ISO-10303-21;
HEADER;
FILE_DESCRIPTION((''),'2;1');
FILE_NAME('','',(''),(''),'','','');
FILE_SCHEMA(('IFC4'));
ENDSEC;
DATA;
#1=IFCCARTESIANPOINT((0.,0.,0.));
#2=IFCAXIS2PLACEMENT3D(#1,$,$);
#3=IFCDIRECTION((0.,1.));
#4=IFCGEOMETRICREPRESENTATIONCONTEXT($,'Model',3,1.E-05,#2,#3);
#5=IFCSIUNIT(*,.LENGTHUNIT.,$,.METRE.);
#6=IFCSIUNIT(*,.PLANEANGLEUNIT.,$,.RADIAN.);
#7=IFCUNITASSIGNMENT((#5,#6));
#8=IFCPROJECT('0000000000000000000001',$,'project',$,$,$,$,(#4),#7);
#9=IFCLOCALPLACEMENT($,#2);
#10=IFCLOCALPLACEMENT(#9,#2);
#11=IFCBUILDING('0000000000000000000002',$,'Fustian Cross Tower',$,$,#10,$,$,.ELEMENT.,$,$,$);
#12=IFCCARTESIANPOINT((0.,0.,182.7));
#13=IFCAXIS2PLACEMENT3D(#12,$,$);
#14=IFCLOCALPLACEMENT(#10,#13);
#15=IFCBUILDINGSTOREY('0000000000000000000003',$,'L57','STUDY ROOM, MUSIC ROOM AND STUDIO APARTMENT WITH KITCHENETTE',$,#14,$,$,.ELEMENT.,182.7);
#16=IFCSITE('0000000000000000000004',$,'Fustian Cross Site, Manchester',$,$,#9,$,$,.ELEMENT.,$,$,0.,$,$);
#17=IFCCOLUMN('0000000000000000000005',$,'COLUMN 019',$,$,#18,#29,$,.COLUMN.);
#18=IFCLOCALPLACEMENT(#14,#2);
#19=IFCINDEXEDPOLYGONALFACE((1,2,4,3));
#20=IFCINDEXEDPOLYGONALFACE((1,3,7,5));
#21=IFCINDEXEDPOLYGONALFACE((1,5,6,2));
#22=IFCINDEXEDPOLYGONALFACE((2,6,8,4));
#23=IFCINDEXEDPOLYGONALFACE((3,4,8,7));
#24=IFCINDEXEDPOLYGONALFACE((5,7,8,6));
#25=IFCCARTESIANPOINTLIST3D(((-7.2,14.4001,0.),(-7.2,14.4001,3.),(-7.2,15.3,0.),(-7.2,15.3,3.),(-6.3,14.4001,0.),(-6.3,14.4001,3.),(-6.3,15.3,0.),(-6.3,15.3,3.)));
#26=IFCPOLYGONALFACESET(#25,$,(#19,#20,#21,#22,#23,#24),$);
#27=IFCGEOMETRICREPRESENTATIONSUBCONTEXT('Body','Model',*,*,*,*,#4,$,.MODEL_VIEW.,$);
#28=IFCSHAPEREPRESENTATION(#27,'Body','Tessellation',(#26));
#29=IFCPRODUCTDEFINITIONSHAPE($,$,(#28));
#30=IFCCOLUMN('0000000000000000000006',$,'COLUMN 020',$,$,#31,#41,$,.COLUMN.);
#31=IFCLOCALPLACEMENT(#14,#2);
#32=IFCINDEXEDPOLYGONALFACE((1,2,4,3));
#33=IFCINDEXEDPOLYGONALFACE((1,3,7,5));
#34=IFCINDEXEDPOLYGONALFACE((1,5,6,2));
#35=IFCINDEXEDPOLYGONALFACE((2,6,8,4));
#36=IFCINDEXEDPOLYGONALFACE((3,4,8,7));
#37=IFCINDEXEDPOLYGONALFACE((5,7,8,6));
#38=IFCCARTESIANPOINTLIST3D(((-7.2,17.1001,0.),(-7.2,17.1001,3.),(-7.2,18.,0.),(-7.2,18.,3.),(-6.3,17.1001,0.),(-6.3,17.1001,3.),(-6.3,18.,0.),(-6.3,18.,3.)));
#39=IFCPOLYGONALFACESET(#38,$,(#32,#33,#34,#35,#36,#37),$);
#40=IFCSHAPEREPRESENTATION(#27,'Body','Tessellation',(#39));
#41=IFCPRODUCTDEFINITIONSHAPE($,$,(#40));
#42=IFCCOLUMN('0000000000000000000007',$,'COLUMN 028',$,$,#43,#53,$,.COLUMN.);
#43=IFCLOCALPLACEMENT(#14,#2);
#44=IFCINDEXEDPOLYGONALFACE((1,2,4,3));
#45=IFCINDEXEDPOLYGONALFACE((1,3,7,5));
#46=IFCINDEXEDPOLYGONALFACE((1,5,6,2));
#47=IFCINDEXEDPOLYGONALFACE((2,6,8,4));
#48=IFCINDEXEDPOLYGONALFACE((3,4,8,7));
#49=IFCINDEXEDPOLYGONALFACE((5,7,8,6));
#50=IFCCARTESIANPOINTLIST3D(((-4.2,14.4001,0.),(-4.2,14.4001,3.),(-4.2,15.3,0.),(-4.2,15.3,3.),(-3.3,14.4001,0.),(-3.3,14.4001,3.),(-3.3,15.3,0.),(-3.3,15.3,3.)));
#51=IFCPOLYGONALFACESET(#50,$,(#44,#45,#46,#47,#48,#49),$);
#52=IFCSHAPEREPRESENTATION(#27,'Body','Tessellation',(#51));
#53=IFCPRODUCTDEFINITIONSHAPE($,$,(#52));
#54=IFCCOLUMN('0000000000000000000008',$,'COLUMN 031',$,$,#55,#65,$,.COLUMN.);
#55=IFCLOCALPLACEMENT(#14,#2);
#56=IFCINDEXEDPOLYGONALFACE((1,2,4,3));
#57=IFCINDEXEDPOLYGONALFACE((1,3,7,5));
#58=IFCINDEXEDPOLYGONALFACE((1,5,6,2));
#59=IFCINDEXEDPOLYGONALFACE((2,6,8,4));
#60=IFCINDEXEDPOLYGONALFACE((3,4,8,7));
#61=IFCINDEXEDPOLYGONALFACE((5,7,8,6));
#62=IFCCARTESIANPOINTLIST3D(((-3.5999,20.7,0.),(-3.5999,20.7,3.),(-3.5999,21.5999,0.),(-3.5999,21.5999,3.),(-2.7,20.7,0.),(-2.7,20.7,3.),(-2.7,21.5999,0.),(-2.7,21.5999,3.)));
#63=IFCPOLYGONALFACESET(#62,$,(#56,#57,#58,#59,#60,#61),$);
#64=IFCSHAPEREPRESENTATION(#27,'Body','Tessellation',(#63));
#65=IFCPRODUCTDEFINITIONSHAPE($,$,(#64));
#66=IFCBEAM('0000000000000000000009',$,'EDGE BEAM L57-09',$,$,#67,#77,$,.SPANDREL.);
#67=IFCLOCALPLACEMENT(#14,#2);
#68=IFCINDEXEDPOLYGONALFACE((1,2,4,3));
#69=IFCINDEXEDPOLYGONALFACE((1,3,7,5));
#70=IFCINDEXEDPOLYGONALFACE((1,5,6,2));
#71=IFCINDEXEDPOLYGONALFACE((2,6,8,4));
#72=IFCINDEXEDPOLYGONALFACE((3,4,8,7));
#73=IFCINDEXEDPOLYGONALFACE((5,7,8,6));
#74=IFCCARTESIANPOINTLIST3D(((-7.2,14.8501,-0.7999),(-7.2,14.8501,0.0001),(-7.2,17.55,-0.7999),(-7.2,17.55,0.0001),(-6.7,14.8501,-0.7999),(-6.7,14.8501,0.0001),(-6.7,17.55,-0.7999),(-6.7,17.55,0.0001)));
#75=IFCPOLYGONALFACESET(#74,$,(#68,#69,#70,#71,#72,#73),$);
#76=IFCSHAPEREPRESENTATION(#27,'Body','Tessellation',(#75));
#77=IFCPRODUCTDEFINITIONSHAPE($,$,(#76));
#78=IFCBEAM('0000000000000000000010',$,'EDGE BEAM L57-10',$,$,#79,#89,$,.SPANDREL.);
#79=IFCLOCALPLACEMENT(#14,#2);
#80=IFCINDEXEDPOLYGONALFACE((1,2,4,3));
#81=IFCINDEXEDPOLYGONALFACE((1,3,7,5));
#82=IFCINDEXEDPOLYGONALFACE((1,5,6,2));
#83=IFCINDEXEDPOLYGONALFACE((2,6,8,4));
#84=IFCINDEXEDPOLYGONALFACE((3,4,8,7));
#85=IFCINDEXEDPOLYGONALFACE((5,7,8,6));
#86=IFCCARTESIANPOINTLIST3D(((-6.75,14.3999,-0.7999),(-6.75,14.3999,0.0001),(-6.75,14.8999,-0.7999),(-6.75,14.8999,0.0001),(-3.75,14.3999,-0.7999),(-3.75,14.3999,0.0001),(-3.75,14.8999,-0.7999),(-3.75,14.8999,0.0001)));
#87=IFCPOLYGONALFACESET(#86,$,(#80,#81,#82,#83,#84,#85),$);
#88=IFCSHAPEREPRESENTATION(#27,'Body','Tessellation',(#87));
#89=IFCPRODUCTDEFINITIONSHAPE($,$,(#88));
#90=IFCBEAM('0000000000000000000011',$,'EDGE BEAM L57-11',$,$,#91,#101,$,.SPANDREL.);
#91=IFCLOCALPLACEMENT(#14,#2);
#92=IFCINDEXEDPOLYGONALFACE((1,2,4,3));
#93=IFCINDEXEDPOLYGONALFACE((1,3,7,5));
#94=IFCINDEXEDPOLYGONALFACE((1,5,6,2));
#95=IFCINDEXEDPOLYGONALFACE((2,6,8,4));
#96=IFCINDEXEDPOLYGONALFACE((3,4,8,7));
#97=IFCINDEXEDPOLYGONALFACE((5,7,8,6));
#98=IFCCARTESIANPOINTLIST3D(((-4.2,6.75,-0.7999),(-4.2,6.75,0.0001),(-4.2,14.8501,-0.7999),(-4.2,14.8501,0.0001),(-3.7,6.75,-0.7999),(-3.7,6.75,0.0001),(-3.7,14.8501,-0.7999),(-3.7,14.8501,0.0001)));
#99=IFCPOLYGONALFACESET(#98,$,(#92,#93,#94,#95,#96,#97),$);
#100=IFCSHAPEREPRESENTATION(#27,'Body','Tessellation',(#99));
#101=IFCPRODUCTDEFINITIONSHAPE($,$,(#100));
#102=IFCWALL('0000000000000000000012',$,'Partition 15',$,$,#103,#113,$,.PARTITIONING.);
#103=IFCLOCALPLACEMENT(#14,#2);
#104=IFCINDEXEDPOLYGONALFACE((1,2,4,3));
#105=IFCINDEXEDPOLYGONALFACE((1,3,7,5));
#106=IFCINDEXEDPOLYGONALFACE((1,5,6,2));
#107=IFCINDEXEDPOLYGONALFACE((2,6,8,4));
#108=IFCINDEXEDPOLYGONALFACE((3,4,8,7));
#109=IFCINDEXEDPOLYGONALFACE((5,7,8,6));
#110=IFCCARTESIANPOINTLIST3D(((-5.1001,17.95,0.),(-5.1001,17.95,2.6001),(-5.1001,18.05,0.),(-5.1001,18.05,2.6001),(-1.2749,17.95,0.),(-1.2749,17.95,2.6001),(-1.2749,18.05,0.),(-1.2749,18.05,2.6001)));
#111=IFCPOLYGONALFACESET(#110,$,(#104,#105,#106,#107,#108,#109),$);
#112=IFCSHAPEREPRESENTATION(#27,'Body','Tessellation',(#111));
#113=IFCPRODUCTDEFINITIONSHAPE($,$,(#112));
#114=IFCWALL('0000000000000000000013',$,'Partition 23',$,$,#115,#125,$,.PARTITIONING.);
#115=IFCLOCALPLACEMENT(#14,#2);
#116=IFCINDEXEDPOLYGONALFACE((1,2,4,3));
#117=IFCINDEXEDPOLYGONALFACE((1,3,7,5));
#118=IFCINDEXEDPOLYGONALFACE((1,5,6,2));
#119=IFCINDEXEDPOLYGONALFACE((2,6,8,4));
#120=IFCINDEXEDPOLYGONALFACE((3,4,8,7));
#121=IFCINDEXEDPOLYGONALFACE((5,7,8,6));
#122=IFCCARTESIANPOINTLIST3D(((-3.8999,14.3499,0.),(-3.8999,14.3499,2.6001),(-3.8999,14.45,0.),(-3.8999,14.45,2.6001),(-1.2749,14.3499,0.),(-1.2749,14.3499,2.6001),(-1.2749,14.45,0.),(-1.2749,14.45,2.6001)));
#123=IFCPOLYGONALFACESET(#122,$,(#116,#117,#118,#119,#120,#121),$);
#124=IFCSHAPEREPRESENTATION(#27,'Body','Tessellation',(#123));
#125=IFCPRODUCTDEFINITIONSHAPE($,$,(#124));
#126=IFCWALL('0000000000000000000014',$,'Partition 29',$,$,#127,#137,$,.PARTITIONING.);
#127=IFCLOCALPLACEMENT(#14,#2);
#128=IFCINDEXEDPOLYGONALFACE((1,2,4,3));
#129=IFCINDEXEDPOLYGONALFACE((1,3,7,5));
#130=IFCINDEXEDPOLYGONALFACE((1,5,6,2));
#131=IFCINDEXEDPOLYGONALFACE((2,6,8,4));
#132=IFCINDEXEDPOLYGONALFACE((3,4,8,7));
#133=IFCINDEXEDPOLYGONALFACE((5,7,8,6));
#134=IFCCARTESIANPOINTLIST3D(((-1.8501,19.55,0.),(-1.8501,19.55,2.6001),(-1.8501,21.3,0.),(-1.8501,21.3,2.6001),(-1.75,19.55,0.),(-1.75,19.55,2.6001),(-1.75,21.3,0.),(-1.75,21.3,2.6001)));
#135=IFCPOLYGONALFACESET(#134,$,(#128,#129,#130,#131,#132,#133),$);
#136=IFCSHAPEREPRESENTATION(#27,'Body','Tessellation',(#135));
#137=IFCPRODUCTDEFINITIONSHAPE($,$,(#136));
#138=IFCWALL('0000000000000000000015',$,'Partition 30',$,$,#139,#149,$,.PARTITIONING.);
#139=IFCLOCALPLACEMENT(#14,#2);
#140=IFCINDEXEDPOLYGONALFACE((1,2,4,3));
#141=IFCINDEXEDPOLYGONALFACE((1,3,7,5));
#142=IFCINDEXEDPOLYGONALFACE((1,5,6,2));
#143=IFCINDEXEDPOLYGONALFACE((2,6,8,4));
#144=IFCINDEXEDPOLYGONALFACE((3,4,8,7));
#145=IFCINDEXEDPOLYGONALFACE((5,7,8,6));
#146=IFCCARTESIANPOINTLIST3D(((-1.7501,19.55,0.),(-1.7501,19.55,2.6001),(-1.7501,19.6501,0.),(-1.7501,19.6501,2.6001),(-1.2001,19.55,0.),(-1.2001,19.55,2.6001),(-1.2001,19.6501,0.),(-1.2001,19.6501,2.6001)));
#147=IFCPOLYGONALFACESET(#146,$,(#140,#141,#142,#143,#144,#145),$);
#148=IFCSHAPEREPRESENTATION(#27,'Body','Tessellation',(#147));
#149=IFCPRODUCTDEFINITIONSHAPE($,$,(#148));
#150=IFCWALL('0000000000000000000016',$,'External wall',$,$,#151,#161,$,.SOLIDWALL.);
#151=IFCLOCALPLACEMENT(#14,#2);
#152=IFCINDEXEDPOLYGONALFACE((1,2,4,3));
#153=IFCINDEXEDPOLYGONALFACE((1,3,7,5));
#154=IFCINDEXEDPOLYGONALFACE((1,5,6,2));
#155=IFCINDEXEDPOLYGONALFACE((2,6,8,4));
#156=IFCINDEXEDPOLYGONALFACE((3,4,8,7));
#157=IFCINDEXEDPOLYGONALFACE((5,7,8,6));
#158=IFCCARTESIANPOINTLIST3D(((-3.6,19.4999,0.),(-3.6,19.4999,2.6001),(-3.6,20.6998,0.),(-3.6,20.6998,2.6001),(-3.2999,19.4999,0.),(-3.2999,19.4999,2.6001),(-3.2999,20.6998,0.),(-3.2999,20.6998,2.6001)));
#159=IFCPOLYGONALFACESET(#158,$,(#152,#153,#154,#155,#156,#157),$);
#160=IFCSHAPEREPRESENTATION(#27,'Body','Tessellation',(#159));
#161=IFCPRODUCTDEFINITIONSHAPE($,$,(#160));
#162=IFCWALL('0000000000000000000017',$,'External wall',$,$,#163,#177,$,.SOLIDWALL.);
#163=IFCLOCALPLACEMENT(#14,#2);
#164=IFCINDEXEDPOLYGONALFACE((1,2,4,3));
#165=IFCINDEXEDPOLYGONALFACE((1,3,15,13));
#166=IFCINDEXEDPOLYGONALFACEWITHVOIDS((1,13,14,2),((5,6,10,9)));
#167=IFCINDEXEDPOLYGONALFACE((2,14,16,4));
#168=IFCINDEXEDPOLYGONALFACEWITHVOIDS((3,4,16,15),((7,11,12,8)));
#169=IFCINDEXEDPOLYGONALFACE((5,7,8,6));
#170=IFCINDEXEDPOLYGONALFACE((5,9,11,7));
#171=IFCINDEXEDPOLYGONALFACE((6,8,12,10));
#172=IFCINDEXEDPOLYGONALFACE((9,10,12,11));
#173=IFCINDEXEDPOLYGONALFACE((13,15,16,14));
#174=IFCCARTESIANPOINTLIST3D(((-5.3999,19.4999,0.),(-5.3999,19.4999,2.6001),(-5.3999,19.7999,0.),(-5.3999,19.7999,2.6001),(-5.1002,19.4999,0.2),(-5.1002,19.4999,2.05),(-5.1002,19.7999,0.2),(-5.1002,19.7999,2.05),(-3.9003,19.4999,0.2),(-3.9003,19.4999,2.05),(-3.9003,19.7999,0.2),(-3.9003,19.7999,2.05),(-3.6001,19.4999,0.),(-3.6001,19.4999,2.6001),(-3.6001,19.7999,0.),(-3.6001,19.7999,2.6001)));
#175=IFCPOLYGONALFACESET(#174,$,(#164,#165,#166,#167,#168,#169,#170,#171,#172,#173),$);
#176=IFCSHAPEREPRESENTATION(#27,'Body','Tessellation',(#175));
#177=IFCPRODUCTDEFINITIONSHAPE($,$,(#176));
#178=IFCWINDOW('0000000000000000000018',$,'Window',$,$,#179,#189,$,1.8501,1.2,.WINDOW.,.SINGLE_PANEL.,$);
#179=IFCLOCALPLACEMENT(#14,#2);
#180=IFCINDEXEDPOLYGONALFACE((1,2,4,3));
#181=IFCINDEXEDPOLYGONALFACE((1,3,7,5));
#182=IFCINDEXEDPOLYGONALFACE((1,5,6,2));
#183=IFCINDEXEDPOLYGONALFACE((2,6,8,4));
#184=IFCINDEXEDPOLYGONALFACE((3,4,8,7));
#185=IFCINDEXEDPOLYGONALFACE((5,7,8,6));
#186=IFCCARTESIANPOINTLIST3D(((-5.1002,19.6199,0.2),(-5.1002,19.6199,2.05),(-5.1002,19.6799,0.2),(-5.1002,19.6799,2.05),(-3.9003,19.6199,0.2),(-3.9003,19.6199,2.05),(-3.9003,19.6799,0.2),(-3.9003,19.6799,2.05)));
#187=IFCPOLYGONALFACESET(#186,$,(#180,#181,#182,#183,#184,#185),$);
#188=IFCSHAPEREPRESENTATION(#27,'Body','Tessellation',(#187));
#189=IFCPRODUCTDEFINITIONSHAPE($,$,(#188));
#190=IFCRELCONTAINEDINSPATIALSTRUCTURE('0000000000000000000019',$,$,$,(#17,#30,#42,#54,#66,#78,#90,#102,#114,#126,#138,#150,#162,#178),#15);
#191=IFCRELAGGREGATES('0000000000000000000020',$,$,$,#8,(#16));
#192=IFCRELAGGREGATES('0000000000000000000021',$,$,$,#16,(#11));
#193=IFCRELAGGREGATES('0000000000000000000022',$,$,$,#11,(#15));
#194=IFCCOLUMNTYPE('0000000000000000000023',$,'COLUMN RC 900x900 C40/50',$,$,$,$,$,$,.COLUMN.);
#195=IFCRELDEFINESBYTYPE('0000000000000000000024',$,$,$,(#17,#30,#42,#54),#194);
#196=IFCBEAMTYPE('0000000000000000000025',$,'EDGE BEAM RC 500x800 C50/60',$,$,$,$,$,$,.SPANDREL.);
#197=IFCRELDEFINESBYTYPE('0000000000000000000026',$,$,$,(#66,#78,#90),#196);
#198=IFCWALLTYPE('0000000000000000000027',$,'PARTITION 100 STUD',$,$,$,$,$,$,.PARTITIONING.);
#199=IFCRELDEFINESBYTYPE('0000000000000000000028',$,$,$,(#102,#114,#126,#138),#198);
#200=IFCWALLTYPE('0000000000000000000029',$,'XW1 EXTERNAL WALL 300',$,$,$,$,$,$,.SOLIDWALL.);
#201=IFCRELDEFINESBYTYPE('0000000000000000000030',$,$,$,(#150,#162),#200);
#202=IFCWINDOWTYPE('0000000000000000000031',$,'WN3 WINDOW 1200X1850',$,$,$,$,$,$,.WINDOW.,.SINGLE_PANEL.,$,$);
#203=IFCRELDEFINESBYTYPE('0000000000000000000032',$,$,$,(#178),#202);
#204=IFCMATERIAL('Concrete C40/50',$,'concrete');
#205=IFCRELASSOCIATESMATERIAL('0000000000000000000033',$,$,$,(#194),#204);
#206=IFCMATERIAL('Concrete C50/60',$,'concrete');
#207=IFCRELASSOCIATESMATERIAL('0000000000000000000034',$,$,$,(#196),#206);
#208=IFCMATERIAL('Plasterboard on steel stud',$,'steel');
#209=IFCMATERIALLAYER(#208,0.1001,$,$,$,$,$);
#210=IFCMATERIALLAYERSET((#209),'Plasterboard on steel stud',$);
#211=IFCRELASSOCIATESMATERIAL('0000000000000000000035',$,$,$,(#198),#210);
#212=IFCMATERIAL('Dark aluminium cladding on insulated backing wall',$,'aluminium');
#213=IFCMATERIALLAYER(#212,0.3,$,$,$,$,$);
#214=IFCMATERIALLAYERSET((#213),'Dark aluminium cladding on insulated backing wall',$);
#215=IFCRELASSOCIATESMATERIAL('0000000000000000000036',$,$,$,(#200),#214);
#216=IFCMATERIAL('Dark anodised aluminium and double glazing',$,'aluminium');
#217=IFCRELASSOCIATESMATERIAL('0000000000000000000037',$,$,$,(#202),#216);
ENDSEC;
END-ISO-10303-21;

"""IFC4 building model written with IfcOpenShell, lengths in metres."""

from ifc_helpers import new_model, si_unit, direction, frame, frame_2d, origin, origin_2d, place, context, subcontext, project, spatial, rectangle, extrude, material, layer, layer_set, material_profile, profile_set, type_object, element, fill, save


model = new_model("IFC4")

# Units and contexts
model_context = context("Model", 3, precision=1e-05, world=origin(), true_north=direction((0.0, 1.0)))
body_context = subcontext(model_context, "Body", "Model", "MODEL_VIEW")
ifc_project = project(units=[si_unit("LENGTHUNIT", "METRE"), si_unit("PLANEANGLEUNIT", "RADIAN")], contexts=[model_context])

# Site, building, storey
site_placement = place(None, origin())
site = spatial("IfcSite", under=ifc_project, at=site_placement, Name="Fustian Cross Site, Manchester", CompositionType="ELEMENT", RefElevation=0.0)
building_placement = place(site_placement, origin())
building = spatial("IfcBuilding", under=site, at=building_placement, Name="Fustian Cross Tower", CompositionType="ELEMENT")
storey_placement = place(building_placement, frame((0.0, 0.0, 182.7)))
storey = spatial("IfcBuildingStorey", under=building, at=storey_placement, Name="L57", Description="STUDY ROOM, MUSIC ROOM AND STUDIO APARTMENT WITH KITCHENETTE", CompositionType="ELEMENT", Elevation=182.7)

# Columns
ifc_material_1 = material(Name="Concrete C40/50", Category="concrete")
ifc_material_profile_1 = material_profile(ifc_material_1, rectangle(XDim=0.8999, YDim=0.8999, at=origin_2d()), Name="RC 900x900")
ifc_profile_set_1 = profile_set([ifc_material_profile_1], Name="Concrete C40/50")
column_type = type_object("IfcColumnType", Name="COLUMN RC 900x900 C40/50", PredefinedType="COLUMN", material=ifc_profile_set_1)
for number, where, z_axis, x_axis, name in (
    (1, (-6.75, 14.8501, 0.0), (0.0, 0.0, 1.0), (1.0, 0.0, 0.0), "COLUMN 019"),
    (2, (-6.75, 17.55, 0.0), (0.0, 0.0, 1.0), (1.0, 0.0, 0.0), "COLUMN 020"),
    (3, (-3.75, 14.8501, 0.0), (0.0, 0.0, 1.0), (1.0, 0.0, 0.0), "COLUMN 028"),
    (4, (-3.1499, 21.1499, 0.0), (0.0, 0.0, 1.0), (1.0, 0.0, 0.0), "COLUMN 031"),
):
    element("IfcColumn", number, at=place(storey_placement, frame(where, z_axis=z_axis, x_axis=x_axis)), inside=storey, type_object=column_type, Name=name, PredefinedType="COLUMN", context=body_context, shape_type="SweptSolid", body=[
        extrude(rectangle(XDim=0.8999, YDim=0.8999, at=origin_2d()), origin(), (0.0, 0.0, 1.0), 3.0),
    ])

# Beams
ifc_material_2 = material(Name="Concrete C50/60", Category="concrete")
ifc_material_profile_2 = material_profile(ifc_material_2, rectangle(XDim=0.5, YDim=0.8, at=origin_2d()), Name="RC 500x800")
ifc_profile_set_2 = profile_set([ifc_material_profile_2], Name="Concrete C50/60")
beam_type = type_object("IfcBeamType", Name="EDGE BEAM RC 500x800 C50/60", PredefinedType="SPANDREL", material=ifc_profile_set_2)
beam_1_placement = place(storey_placement, frame((-6.95, 17.55, -0.3999), z_axis=(0.0, -1.0, 0.0), x_axis=(1.0, 0.0, 0.0)))
element("IfcBeam", 5, at=beam_1_placement, inside=storey, type_object=beam_type, Name="EDGE BEAM L57-09", PredefinedType="SPANDREL", context=body_context, shape_type="SweptSolid", body=[
    extrude(rectangle(XDim=0.5, YDim=0.8, at=origin_2d()), origin(), (0.0, 0.0, 1.0), 2.7),
])
beam_2_placement = place(storey_placement, frame((-6.75, 14.6499, -0.3999), z_axis=(1.0, 0.0, 0.0), x_axis=(0.0, 1.0, 0.0)))
element("IfcBeam", 6, at=beam_2_placement, inside=storey, type_object=beam_type, Name="EDGE BEAM L57-10", PredefinedType="SPANDREL", context=body_context, shape_type="SweptSolid", body=[
    extrude(rectangle(XDim=0.5, YDim=0.8, at=origin_2d()), origin(), (0.0, 0.0, 1.0), 3.0),
])
beam_3_placement = place(storey_placement, frame((-3.95, 14.8501, -0.3999), z_axis=(0.0, -1.0, 0.0), x_axis=(1.0, 0.0, 0.0)))
element("IfcBeam", 7, at=beam_3_placement, inside=storey, type_object=beam_type, Name="EDGE BEAM L57-11", PredefinedType="SPANDREL", context=body_context, shape_type="SweptSolid", body=[
    extrude(rectangle(XDim=0.5, YDim=0.8, at=origin_2d()), origin(), (0.0, 0.0, 1.0), 8.1001),
])

# Walls
ifc_material_3 = material(Name="Plasterboard on steel stud", Category="steel")
ifc_layer_1 = layer(ifc_material_3, 0.1001)
ifc_layer_set_1 = layer_set([ifc_layer_1], Name="Plasterboard on steel stud")
wall_type_1 = type_object("IfcWallType", Name="PARTITION 100 STUD", PredefinedType="PARTITIONING", material=ifc_layer_set_1)
wall_1_placement = place(storey_placement, frame((-5.1001, 18.0, 0.0), z_axis=(0.0, 0.0, 1.0), x_axis=(1.0, 0.0, 0.0)))
element("IfcWall", 8, at=wall_1_placement, inside=storey, type_object=wall_type_1, Name="Partition 15", PredefinedType="PARTITIONING", context=body_context, shape_type="SweptSolid", body=[
    extrude(rectangle(XDim=3.8252, YDim=0.1001, at=frame_2d((1.9126, 0.0))), origin(), (0.0, 0.0, 1.0), 2.6001),
])
wall_2_placement = place(storey_placement, frame((-3.8999, 14.3999, 0.0), z_axis=(0.0, 0.0, 1.0), x_axis=(1.0, 0.0, 0.0)))
element("IfcWall", 9, at=wall_2_placement, inside=storey, type_object=wall_type_1, Name="Partition 23", PredefinedType="PARTITIONING", context=body_context, shape_type="SweptSolid", body=[
    extrude(rectangle(XDim=2.625, YDim=0.1001, at=frame_2d((1.3125, 0.0))), origin(), (0.0, 0.0, 1.0), 2.6001),
])
wall_3_placement = place(storey_placement, frame((-1.8, 19.55, 0.0), z_axis=(0.0, 0.0, 1.0), x_axis=(0.0, 1.0, 0.0)))
element("IfcWall", 10, at=wall_3_placement, inside=storey, type_object=wall_type_1, Name="Partition 29", PredefinedType="PARTITIONING", context=body_context, shape_type="SweptSolid", body=[
    extrude(rectangle(XDim=1.75, YDim=0.1001, at=frame_2d((0.875, 0.0))), origin(), (0.0, 0.0, 1.0), 2.6001),
])
wall_4_placement = place(storey_placement, frame((-1.75, 19.6001, 0.0), z_axis=(0.0, 0.0, 1.0), x_axis=(1.0, 0.0, 0.0)))
element("IfcWall", 11, at=wall_4_placement, inside=storey, type_object=wall_type_1, Name="Partition 30", PredefinedType="PARTITIONING", context=body_context, shape_type="SweptSolid", body=[
    extrude(rectangle(XDim=0.55, YDim=0.1001, at=frame_2d((0.2749, 0.0))), origin(), (0.0, 0.0, 1.0), 2.6001),
])
ifc_material_4 = material(Name="Dark aluminium cladding on insulated backing wall", Category="aluminium")
ifc_layer_2 = layer(ifc_material_4, 0.3)
ifc_layer_set_2 = layer_set([ifc_layer_2], Name="Dark aluminium cladding on insulated backing wall")
wall_type_2 = type_object("IfcWallType", Name="XW1 EXTERNAL WALL 300", PredefinedType="SOLIDWALL", material=ifc_layer_set_2)
wall_5_placement = place(storey_placement, frame((-3.45, 20.7, 0.0), z_axis=(0.0, 0.0, 1.0), x_axis=(0.0, -1.0, 0.0)))
element("IfcWall", 12, at=wall_5_placement, inside=storey, type_object=wall_type_2, Name="External wall", PredefinedType="SOLIDWALL", context=body_context, shape_type="SweptSolid", body=[
    extrude(rectangle(XDim=1.2, YDim=0.3, at=frame_2d((0.6001, 0.0))), origin(), (0.0, 0.0, 1.0), 2.6001),
])

# Wall, opening, window
wall_6_placement = place(storey_placement, frame((-3.6001, 19.6499, 0.0), z_axis=(0.0, 0.0, 1.0), x_axis=(-1.0, 0.0, 0.0)))
wall_6 = element("IfcWall", 13, at=wall_6_placement, inside=storey, type_object=wall_type_2, Name="External wall", PredefinedType="SOLIDWALL", context=body_context, shape_type="SweptSolid", body=[
    extrude(rectangle(XDim=1.7998, YDim=0.3, at=frame_2d((0.8999, 0.0))), origin(), (0.0, 0.0, 1.0), 2.6001),
])
opening_1_placement = place(wall_6_placement, frame((0.3, 0.0, 0.2)))
opening_1 = element("IfcOpeningElement", 14, at=opening_1_placement, cuts=wall_6, PredefinedType="OPENING", context=body_context, shape_type="SweptSolid", body=[
    extrude(rectangle(XDim=1.2, YDim=1.8501, at=frame_2d((0.6001, 0.925))), frame((0.0, 0.1599, 0.0), z_axis=(0.0, -1.0, 0.0), x_axis=(1.0, 0.0, 0.0)), (0.0, 0.0, 1.0), 0.3201),
])
ifc_material_5 = material(Name="Dark anodised aluminium and double glazing", Category="aluminium")
window_type_1 = type_object("IfcWindowType", Name="WN3 WINDOW 1200X1850", PartitioningType="SINGLE_PANEL", PredefinedType="WINDOW", material=ifc_material_5)
window_1_placement = place(opening_1_placement, origin())
window_1 = element("IfcWindow", 15, at=window_1_placement, inside=storey, type_object=window_type_1, Name="Window", OverallHeight=1.8501, OverallWidth=1.2, PartitioningType="SINGLE_PANEL", PredefinedType="WINDOW", context=body_context, shape_type="SweptSolid", body=[
    extrude(rectangle(XDim=1.2, YDim=1.8501, at=frame_2d((0.6001, 0.925))), frame((0.0, 0.03, 0.0), z_axis=(0.0, -1.0, 0.0), x_axis=(1.0, 0.0, 0.0)), (0.0, 0.0, 1.0), 0.0601),
])
fill(opening_1, window_1)

save(model, "model.ifc")
